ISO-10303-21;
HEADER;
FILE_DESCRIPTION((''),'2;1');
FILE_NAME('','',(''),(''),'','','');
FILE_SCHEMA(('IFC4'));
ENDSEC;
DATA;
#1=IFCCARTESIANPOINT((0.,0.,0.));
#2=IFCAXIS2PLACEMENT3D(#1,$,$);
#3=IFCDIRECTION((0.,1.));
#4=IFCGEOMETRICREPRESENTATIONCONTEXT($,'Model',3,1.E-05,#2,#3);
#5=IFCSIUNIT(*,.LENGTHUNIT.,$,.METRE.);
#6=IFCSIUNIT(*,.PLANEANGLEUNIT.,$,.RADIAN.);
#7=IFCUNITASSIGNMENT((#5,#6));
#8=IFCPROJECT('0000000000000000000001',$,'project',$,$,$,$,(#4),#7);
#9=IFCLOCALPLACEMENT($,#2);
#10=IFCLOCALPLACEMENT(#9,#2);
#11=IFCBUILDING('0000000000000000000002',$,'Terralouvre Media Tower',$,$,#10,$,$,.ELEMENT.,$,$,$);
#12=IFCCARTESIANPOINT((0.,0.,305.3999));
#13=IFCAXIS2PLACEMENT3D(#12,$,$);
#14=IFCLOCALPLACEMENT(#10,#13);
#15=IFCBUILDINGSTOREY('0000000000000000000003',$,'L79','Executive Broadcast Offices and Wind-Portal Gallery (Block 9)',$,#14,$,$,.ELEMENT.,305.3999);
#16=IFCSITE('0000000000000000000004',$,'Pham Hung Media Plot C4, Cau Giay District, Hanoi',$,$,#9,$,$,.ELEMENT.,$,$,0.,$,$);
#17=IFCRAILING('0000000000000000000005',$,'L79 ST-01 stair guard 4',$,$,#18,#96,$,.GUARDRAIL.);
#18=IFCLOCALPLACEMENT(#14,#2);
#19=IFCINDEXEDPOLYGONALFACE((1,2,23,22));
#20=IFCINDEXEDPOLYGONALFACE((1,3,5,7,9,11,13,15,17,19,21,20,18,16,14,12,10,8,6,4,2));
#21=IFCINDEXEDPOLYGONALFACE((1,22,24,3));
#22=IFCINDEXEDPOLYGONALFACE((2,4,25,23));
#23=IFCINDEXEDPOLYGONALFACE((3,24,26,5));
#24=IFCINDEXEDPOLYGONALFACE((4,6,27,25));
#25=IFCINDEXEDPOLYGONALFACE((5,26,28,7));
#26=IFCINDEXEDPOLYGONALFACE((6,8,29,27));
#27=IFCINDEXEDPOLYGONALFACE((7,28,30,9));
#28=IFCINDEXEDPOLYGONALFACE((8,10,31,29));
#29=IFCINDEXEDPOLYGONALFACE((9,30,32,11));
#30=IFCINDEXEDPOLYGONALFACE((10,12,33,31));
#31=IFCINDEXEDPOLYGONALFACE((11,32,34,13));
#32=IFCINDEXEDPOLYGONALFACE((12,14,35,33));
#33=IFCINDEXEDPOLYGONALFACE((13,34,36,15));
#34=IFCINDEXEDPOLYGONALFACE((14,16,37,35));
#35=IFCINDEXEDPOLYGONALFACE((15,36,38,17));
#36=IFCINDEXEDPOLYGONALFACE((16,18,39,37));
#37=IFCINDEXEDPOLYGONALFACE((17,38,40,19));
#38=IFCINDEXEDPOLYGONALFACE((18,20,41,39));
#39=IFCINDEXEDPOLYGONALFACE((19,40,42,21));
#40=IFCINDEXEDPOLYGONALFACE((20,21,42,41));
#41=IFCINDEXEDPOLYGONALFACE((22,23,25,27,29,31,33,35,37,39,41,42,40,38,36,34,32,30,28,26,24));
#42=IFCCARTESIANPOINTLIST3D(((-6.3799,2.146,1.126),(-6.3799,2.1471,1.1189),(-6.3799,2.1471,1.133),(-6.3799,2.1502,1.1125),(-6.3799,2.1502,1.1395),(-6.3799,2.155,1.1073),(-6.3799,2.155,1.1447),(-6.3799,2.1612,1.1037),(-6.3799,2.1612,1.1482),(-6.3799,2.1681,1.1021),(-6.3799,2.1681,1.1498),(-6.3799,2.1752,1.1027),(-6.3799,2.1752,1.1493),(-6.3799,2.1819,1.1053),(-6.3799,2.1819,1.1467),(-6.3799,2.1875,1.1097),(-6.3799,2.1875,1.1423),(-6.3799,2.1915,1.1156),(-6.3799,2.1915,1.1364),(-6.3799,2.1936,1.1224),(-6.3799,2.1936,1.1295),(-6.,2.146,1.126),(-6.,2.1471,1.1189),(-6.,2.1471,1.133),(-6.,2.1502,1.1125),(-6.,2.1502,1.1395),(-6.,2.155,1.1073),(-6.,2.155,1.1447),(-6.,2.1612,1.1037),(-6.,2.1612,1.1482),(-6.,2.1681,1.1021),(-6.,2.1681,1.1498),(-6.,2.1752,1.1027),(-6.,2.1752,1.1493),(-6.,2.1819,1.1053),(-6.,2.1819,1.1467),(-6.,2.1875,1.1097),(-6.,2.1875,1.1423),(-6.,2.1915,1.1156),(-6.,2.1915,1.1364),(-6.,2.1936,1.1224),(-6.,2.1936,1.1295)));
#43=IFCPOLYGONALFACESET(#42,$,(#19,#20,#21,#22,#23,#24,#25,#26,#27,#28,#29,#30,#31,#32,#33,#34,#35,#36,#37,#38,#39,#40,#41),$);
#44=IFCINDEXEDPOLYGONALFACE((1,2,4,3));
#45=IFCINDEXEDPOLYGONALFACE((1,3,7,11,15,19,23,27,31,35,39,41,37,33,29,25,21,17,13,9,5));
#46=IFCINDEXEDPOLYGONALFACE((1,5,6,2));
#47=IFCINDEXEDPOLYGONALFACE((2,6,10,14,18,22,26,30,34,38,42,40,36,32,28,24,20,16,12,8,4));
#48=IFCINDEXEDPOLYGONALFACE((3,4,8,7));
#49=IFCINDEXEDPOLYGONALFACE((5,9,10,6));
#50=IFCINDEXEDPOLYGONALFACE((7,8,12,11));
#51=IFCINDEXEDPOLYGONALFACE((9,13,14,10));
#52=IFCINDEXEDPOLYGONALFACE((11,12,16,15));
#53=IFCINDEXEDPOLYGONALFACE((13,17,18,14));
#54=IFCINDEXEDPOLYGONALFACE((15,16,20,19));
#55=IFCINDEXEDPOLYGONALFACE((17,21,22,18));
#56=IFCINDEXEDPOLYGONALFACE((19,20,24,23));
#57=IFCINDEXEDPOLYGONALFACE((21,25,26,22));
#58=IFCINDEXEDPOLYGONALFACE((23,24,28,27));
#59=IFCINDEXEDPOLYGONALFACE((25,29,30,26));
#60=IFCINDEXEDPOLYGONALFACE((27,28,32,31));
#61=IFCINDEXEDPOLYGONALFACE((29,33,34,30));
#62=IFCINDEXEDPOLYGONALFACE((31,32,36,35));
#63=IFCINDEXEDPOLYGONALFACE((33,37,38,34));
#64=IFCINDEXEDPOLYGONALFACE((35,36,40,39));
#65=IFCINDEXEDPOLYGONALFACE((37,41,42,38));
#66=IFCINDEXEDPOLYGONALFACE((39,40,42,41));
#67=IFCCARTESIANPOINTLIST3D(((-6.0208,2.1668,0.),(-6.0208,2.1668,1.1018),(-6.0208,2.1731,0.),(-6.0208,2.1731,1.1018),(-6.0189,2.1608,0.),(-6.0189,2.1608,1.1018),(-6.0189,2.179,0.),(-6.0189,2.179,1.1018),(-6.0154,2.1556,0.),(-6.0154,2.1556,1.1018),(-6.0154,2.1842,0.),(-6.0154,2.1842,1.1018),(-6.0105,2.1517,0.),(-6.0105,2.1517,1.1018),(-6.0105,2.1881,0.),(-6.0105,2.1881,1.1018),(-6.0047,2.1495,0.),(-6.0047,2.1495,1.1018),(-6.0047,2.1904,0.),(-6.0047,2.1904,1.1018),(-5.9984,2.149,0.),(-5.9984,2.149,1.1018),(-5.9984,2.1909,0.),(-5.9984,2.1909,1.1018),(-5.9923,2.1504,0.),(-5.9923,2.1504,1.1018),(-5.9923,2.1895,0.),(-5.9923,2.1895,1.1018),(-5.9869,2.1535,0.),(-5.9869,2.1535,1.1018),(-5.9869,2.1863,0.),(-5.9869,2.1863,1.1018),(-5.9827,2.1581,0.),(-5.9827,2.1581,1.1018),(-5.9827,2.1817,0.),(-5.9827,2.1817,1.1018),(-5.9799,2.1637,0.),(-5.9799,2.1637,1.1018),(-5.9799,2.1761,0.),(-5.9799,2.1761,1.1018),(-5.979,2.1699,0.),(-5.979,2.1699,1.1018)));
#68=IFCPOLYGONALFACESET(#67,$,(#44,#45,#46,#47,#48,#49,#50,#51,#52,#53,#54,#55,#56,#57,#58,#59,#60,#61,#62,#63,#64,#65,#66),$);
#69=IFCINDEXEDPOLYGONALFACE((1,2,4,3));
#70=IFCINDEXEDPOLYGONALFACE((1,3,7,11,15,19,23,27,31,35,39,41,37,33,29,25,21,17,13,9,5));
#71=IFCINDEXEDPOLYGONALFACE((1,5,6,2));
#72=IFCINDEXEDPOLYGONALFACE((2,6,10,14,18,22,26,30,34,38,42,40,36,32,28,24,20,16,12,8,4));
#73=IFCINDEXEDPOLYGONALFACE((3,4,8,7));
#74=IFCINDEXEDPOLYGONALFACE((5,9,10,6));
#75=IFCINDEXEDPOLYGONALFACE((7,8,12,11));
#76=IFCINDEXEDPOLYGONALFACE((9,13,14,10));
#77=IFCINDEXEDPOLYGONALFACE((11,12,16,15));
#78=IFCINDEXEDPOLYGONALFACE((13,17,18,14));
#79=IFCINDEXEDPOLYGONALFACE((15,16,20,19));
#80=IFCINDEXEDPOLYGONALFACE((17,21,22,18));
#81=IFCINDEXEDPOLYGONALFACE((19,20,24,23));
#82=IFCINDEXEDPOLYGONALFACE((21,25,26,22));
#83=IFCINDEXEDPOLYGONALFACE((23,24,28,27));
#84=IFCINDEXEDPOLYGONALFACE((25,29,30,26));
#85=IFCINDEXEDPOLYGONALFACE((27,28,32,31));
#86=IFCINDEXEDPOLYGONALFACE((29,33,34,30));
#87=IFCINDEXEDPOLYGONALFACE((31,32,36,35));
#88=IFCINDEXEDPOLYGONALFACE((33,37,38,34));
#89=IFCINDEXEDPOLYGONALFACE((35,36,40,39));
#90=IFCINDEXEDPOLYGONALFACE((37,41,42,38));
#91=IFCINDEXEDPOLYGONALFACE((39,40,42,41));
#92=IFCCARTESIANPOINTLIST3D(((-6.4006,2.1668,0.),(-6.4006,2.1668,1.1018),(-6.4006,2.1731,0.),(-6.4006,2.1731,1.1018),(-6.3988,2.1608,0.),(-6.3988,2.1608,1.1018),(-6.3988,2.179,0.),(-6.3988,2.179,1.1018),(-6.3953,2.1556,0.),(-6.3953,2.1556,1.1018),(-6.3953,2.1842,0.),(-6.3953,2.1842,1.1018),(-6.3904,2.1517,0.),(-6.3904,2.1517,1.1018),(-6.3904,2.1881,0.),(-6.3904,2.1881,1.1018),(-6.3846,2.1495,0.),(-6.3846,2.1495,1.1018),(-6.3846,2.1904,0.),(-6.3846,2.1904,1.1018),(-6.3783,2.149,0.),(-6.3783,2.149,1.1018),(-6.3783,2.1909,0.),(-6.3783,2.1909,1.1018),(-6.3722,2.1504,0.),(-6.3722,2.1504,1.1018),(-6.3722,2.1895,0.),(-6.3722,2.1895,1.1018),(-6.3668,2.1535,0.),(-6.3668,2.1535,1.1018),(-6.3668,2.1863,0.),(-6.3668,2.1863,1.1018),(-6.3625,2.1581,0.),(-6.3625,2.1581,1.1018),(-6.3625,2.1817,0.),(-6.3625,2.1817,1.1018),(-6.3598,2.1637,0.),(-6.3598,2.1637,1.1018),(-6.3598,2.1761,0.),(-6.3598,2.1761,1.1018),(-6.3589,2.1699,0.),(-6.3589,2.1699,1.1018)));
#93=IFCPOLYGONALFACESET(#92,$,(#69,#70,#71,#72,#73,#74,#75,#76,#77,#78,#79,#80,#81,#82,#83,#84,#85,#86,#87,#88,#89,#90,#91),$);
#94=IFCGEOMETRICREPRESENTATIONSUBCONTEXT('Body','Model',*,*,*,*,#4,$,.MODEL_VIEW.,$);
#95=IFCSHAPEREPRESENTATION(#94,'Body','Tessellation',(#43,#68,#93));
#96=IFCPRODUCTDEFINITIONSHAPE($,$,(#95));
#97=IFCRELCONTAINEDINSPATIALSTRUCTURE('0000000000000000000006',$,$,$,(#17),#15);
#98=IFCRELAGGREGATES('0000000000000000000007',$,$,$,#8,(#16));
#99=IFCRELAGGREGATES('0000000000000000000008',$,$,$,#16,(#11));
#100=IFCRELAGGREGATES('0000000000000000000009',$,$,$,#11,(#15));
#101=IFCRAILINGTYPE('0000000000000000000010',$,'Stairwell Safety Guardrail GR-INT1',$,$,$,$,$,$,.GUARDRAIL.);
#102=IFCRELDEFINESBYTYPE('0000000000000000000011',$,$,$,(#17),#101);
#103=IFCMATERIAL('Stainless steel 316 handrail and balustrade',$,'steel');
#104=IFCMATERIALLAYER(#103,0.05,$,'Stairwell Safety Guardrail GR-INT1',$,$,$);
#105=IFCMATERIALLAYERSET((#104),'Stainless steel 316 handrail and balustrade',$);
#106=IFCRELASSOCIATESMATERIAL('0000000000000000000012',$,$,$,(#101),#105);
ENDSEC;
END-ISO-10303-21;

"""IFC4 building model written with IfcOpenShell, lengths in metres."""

from ifc_helpers import new_model, si_unit, direction, frame, origin, origin_2d, place, context, subcontext, project, spatial, circle, extrude, material, layer, layer_set, type_object, element, save


model = new_model("IFC4")

# Units and contexts
model_context = context("Model", 3, precision=1e-05, world=origin(), true_north=direction((0.0, 1.0)))
body_context = subcontext(model_context, "Body", "Model", "MODEL_VIEW")
ifc_project = project(units=[si_unit("LENGTHUNIT", "METRE"), si_unit("PLANEANGLEUNIT", "RADIAN")], contexts=[model_context])

# Site, building, storey
site_placement = place(None, origin())
site = spatial("IfcSite", under=ifc_project, at=site_placement, Name="Pham Hung Media Plot C4, Cau Giay District, Hanoi", CompositionType="ELEMENT", RefElevation=0.0)
building_placement = place(site_placement, origin())
building = spatial("IfcBuilding", under=site, at=building_placement, Name="Terralouvre Media Tower", CompositionType="ELEMENT")
storey_placement = place(building_placement, frame((0.0, 0.0, 305.3999)))
storey = spatial("IfcBuildingStorey", under=building, at=storey_placement, Name="L79", Description="Executive Broadcast Offices and Wind-Portal Gallery (Block 9)", CompositionType="ELEMENT", Elevation=305.3999)

# Railing
ifc_material_1 = material(Name="Stainless steel 316 handrail and balustrade", Category="steel")
ifc_layer_1 = layer(ifc_material_1, 0.05, Name="Stairwell Safety Guardrail GR-INT1")
ifc_layer_set_1 = layer_set([ifc_layer_1], Name="Stainless steel 316 handrail and balustrade")
railing_type_1 = type_object("IfcRailingType", Name="Stairwell Safety Guardrail GR-INT1", PredefinedType="GUARDRAIL", material=ifc_layer_set_1)
railing_1_placement = place(storey_placement, frame((-6.0, 2.1699, 0.0)))
element("IfcRailing", 1, at=railing_1_placement, inside=storey, type_object=railing_type_1, Name="L79 ST-01 stair guard 4", PredefinedType="GUARDRAIL", context=body_context, shape_type="SweptSolid", body=[
    extrude(circle(Radius=0.0239, at=origin_2d()), frame((0.0, 0.0, 1.126), z_axis=(-1.0, 0.0, 0.0), x_axis=(0.0, -1.0, 0.0)), (0.0, 0.0, 1.0), 0.3799),
    extrude(circle(Radius=0.021, at=origin_2d()), origin(), (0.0, 0.0, 1.0), 1.1018),
    extrude(circle(Radius=0.021, at=origin_2d()), frame((-0.3799, 0.0, 0.0)), (0.0, 0.0, 1.0), 1.1018),
])

save(model, "model.ifc")
